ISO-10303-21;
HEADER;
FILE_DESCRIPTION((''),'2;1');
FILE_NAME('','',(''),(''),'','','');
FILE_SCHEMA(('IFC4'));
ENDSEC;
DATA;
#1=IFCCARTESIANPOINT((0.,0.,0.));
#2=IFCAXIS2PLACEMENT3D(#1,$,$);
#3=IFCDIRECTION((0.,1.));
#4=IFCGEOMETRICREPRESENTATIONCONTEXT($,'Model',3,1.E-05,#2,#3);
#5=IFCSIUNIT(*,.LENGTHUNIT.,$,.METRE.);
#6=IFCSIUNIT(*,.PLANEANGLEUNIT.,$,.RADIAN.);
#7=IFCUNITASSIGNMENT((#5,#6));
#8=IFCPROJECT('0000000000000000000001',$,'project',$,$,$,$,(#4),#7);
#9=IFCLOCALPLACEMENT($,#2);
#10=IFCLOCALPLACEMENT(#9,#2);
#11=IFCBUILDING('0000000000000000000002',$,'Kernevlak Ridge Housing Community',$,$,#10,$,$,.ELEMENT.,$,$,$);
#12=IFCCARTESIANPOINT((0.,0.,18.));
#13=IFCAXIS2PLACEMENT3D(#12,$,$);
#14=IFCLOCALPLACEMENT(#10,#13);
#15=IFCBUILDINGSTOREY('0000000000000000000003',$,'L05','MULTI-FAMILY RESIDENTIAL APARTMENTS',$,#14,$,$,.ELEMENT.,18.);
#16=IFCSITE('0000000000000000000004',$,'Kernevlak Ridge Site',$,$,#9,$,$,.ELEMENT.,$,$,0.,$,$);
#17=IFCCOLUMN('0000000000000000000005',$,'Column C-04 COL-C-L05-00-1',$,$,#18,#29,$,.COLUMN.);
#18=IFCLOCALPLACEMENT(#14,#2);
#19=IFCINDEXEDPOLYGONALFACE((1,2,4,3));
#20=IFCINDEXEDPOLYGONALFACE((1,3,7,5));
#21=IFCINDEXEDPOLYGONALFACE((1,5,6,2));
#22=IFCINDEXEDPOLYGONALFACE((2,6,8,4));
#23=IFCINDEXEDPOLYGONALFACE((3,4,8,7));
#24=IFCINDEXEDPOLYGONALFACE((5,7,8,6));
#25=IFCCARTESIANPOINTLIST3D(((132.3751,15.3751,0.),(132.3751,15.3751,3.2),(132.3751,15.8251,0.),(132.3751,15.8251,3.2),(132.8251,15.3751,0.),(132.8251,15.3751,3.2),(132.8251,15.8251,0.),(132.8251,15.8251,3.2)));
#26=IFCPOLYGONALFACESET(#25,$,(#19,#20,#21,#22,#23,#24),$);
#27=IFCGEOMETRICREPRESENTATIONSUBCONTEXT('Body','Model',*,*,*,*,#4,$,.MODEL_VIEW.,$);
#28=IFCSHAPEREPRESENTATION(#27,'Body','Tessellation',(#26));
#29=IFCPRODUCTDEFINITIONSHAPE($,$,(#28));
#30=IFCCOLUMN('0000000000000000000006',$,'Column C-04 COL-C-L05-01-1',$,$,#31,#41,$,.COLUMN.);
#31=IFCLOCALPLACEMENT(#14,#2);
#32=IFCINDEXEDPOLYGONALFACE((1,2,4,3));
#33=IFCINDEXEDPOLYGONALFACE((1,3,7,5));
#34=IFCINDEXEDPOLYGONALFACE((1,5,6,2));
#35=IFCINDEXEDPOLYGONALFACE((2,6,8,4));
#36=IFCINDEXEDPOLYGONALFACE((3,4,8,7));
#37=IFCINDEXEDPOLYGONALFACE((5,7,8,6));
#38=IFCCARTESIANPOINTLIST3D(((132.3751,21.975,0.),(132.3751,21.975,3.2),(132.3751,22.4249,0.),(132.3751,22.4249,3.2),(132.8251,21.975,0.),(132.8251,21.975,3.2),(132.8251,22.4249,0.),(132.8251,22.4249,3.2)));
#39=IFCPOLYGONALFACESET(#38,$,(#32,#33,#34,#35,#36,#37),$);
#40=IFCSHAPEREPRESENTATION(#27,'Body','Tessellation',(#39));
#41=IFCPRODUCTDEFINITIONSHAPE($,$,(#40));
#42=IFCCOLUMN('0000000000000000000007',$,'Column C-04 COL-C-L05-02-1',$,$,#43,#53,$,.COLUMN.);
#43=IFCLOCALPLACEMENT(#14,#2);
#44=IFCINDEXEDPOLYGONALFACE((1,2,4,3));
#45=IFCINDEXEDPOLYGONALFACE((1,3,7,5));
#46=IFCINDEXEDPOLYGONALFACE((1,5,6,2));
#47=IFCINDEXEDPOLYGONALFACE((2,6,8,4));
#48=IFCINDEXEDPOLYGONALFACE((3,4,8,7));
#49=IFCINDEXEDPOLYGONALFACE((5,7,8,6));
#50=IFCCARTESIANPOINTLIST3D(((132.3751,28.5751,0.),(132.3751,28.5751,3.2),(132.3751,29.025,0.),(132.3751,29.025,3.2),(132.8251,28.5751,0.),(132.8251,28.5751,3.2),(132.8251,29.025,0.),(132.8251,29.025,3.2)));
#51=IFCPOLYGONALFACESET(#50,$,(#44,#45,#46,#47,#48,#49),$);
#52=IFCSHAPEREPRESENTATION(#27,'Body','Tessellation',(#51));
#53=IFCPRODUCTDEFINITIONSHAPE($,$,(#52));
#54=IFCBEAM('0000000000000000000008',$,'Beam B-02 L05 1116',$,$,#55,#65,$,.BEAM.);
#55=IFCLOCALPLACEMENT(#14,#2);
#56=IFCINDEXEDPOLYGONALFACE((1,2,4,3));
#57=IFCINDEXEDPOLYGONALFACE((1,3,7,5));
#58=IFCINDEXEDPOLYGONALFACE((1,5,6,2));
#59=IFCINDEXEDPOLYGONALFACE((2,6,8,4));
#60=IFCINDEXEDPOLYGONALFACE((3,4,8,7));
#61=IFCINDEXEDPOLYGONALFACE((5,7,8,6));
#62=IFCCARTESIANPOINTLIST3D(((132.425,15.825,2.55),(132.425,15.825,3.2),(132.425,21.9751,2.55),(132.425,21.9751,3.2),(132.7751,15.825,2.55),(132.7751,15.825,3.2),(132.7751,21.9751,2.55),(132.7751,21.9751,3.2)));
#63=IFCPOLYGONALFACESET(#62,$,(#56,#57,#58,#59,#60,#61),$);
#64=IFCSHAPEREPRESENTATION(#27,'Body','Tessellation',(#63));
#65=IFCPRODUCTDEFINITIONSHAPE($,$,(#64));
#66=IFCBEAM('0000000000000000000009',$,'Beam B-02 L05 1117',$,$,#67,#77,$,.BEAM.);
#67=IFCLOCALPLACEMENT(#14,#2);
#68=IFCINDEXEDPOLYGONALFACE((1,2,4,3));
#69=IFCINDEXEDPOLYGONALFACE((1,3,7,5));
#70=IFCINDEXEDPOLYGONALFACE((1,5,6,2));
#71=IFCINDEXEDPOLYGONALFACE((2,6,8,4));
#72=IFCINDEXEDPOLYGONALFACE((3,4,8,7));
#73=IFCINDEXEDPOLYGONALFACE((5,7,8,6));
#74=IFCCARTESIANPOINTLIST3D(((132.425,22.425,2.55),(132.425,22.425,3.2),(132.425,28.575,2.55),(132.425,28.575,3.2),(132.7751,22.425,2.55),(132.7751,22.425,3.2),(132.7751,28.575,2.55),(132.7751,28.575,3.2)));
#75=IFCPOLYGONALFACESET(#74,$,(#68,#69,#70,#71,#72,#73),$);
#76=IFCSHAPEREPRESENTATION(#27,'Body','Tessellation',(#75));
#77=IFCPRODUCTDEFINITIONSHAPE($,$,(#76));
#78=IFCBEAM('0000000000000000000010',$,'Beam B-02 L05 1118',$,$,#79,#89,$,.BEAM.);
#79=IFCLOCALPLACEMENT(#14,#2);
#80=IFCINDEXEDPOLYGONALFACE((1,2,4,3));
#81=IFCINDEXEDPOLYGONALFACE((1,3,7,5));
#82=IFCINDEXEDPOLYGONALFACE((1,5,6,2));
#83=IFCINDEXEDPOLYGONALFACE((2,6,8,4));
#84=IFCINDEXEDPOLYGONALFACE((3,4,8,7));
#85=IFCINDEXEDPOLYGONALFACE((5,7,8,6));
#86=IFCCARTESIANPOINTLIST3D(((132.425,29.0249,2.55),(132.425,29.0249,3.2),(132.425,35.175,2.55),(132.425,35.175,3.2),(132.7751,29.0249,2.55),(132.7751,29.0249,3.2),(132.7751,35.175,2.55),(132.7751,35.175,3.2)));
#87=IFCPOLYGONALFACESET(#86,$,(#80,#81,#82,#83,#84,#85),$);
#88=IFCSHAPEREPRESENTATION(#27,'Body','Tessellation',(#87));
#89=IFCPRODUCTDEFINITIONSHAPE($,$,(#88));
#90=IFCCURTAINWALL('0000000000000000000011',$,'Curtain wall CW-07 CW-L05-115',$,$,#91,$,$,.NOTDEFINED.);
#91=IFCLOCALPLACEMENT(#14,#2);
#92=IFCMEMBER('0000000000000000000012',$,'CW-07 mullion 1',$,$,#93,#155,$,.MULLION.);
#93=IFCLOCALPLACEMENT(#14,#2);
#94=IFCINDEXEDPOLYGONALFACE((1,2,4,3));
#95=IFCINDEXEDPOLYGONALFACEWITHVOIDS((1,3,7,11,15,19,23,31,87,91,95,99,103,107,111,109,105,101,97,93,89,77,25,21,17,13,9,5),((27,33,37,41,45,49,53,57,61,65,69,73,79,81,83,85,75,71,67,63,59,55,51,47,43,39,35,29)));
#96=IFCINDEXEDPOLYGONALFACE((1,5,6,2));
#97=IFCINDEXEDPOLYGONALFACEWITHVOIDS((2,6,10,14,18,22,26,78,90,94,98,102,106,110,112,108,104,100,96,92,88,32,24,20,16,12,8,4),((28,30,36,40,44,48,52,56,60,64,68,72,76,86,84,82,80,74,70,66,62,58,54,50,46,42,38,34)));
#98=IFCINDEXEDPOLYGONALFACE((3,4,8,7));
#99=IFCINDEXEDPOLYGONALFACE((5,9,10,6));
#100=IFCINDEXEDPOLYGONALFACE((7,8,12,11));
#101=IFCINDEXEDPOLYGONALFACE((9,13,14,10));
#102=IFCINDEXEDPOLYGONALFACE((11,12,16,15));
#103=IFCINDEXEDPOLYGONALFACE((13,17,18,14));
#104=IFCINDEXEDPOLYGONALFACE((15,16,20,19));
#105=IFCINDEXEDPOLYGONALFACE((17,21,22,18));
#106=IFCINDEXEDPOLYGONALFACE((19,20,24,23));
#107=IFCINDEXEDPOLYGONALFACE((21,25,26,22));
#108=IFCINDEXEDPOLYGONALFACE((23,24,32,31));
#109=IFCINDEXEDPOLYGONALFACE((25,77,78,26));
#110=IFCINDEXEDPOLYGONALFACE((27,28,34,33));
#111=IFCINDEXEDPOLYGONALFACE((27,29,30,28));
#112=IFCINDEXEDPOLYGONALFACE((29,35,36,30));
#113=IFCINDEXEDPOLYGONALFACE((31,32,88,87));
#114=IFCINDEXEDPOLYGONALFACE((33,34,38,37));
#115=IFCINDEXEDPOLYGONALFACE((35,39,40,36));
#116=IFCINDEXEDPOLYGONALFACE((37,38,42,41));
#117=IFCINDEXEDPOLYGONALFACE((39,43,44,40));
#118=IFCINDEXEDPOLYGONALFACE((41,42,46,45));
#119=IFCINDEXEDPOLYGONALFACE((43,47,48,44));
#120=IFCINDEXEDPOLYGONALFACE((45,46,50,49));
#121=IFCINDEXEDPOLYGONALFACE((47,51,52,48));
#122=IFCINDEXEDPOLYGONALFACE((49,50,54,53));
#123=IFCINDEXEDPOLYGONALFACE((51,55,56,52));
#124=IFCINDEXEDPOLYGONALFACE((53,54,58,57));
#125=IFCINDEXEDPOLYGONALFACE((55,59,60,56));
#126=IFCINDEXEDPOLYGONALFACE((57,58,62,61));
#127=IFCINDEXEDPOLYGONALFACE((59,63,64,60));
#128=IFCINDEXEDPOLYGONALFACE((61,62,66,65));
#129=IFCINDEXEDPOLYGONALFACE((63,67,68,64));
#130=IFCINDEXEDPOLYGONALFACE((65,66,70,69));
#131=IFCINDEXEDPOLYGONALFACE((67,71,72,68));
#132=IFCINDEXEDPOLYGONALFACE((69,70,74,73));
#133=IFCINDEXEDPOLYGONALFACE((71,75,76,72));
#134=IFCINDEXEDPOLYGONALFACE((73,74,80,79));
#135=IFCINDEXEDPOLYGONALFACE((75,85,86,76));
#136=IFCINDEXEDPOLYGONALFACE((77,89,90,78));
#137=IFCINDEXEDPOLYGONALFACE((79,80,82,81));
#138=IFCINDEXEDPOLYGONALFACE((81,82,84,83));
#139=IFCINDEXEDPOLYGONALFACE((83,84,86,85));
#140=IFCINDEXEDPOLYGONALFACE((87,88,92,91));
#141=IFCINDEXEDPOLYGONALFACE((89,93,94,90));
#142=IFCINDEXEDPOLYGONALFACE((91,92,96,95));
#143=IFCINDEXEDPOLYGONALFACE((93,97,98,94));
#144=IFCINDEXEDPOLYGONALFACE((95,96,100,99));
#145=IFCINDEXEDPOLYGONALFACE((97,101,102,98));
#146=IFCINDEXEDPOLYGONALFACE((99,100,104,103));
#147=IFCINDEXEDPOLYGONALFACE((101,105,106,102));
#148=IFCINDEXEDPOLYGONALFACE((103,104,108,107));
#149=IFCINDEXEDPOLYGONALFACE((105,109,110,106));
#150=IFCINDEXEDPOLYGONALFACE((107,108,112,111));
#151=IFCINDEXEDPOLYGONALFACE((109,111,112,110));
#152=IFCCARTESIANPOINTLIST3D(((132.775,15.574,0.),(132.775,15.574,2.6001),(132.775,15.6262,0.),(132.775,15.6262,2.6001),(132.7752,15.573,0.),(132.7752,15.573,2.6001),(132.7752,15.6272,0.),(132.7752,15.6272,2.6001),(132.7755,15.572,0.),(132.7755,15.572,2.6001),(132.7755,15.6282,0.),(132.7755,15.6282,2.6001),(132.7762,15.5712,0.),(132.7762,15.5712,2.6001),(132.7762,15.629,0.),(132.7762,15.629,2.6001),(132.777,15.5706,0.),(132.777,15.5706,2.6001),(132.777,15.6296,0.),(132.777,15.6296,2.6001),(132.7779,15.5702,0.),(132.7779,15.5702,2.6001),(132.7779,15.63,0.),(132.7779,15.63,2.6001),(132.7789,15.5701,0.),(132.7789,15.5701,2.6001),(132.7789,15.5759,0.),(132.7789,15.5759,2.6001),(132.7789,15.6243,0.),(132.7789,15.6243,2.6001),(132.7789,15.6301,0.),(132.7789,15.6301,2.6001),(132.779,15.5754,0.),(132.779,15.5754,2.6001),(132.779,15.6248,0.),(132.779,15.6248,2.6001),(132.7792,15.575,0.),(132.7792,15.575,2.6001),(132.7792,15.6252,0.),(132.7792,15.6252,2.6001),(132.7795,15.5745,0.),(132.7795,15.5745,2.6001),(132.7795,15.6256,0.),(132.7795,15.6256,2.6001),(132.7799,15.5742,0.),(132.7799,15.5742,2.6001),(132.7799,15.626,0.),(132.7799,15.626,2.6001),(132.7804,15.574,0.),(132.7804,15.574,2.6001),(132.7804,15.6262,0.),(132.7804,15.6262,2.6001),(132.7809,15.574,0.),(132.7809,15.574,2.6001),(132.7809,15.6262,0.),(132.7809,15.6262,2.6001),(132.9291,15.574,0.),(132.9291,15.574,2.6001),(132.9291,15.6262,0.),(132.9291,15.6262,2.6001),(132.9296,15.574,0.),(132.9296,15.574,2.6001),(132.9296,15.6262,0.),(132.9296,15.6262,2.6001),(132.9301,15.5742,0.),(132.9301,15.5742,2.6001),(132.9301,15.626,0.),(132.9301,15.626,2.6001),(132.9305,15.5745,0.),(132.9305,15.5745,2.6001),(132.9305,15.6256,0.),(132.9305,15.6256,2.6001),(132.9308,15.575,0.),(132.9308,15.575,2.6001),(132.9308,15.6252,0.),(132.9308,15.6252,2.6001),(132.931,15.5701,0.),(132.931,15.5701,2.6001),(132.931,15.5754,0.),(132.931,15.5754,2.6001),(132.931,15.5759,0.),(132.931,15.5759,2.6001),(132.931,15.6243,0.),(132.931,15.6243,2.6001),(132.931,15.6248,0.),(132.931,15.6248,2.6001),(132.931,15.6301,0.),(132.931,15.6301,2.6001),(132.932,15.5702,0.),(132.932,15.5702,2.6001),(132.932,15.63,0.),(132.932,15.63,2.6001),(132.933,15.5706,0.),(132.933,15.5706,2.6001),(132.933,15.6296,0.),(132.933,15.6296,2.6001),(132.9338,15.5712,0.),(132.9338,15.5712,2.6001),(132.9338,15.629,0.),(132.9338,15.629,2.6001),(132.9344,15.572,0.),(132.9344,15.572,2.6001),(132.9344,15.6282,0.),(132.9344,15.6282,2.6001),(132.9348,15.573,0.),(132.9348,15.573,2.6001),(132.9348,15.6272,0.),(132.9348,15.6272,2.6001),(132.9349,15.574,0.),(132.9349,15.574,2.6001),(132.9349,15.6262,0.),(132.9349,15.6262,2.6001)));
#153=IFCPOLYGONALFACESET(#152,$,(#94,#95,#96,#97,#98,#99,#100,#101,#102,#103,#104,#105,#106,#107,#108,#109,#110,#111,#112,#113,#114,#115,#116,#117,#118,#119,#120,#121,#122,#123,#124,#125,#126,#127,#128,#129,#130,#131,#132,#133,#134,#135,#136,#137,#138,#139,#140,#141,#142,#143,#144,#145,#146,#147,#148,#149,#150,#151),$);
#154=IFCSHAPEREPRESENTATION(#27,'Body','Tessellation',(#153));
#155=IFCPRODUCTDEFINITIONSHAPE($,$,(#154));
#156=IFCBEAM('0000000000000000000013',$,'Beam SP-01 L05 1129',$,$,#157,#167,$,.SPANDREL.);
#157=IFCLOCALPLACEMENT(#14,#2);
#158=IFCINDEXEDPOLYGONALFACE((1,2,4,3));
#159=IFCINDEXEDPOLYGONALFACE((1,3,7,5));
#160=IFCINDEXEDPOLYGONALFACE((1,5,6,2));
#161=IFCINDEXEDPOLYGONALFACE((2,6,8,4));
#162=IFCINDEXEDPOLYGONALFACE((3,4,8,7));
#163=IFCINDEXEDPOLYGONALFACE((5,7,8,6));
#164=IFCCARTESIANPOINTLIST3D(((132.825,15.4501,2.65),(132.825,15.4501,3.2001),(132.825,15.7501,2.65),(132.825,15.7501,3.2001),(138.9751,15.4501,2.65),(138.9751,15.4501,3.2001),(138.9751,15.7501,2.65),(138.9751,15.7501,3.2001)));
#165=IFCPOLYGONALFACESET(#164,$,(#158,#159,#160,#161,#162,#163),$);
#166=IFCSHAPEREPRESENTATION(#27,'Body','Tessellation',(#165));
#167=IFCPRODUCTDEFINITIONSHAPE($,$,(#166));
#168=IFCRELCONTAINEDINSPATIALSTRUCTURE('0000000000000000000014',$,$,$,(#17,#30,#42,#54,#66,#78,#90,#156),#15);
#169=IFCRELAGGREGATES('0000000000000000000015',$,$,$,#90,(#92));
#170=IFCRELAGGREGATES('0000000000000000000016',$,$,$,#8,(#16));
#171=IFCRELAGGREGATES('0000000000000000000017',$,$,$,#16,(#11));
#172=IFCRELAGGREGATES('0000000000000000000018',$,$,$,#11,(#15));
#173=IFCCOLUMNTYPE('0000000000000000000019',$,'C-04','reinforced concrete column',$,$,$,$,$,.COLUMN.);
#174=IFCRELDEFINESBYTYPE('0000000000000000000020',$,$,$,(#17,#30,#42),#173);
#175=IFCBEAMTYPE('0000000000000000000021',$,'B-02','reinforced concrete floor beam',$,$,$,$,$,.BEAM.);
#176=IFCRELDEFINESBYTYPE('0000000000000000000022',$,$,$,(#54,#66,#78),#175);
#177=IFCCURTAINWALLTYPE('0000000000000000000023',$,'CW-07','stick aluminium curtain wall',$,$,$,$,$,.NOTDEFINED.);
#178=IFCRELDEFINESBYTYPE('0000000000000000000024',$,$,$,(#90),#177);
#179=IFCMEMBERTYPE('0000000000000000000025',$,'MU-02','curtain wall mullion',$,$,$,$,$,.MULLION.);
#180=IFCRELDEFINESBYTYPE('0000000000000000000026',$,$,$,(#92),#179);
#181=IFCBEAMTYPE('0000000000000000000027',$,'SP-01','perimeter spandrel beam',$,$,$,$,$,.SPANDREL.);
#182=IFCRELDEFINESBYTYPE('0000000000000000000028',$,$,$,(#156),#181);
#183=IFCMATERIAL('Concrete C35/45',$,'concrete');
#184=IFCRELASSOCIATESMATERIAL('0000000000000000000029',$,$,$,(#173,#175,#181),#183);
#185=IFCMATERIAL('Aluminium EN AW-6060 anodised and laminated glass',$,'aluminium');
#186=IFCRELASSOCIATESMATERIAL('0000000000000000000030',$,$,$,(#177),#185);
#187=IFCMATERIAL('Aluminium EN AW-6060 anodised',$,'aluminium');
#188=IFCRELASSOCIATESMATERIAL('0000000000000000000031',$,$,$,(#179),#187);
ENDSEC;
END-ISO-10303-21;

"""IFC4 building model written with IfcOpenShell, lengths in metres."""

from ifc_helpers import new_model, si_unit, direction, frame, origin, origin_2d, place, context, subcontext, project, spatial, rectangle, hollow_rectangle, extrude, material, material_profile, profile_set, type_object, element, aggregate, save


model = new_model("IFC4")

# Units and contexts
model_context = context("Model", 3, precision=1e-05, world=origin(), true_north=direction((0.0, 1.0)))
body_context = subcontext(model_context, "Body", "Model", "MODEL_VIEW")
ifc_project = project(units=[si_unit("LENGTHUNIT", "METRE"), si_unit("PLANEANGLEUNIT", "RADIAN")], contexts=[model_context])

# Site, building, storey
site_placement = place(None, origin())
site = spatial("IfcSite", under=ifc_project, at=site_placement, Name="Kernevlak Ridge Site", CompositionType="ELEMENT", RefElevation=0.0)
building_placement = place(site_placement, origin())
building = spatial("IfcBuilding", under=site, at=building_placement, Name="Kernevlak Ridge Housing Community", CompositionType="ELEMENT")
storey_placement = place(building_placement, frame((0.0, 0.0, 18.0)))
storey = spatial("IfcBuildingStorey", under=building, at=storey_placement, Name="L05", Description="MULTI-FAMILY RESIDENTIAL APARTMENTS", CompositionType="ELEMENT", Elevation=18.0)

# Columns
ifc_material_1 = material(Name="Concrete C35/45", Category="concrete")
ifc_material_profile_1 = material_profile(ifc_material_1, rectangle(XDim=0.45, YDim=0.45, at=origin_2d()), Name="RC 450x450")
ifc_profile_set_1 = profile_set([ifc_material_profile_1], Name="Concrete C35/45")
column_type = type_object("IfcColumnType", Name="C-04", Description="reinforced concrete column", PredefinedType="COLUMN", material=ifc_profile_set_1)
for number, where, z_axis, x_axis, name in (
    (1, (132.6001, 15.6001, 0.0), (0.0, 0.0, 1.0), (1.0, 0.0, 0.0), "Column C-04 COL-C-L05-00-1"),
    (2, (132.6001, 22.2, 0.0), (0.0, 0.0, 1.0), (1.0, 0.0, 0.0), "Column C-04 COL-C-L05-01-1"),
    (3, (132.6001, 28.8, 0.0), (0.0, 0.0, 1.0), (1.0, 0.0, 0.0), "Column C-04 COL-C-L05-02-1"),
):
    element("IfcColumn", number, at=place(storey_placement, frame(where, z_axis=z_axis, x_axis=x_axis)), inside=storey, type_object=column_type, Name=name, PredefinedType="COLUMN", context=body_context, shape_type="SweptSolid", body=[
        extrude(rectangle(XDim=0.45, YDim=0.45, at=origin_2d()), origin(), (0.0, 0.0, 1.0), 3.2),
    ])

# Beams
ifc_material_profile_2 = material_profile(ifc_material_1, rectangle(XDim=0.3501, YDim=0.6499, at=origin_2d()), Name="RC 350x650")
ifc_profile_set_2 = profile_set([ifc_material_profile_2], Name="Concrete C35/45")
beam_type_1 = type_object("IfcBeamType", Name="B-02", Description="reinforced concrete floor beam", PredefinedType="BEAM", material=ifc_profile_set_2)
beam_1_placement = place(storey_placement, frame((132.6001, 15.825, 2.875), z_axis=(0.0, 1.0, 0.0), x_axis=(-1.0, 0.0, 0.0)))
element("IfcBeam", 4, at=beam_1_placement, inside=storey, type_object=beam_type_1, Name="Beam B-02 L05 1116", PredefinedType="BEAM", context=body_context, shape_type="SweptSolid", body=[
    extrude(rectangle(XDim=0.3501, YDim=0.6499, at=origin_2d()), origin(), (0.0, 0.0, 1.0), 6.1501),
])
beam_2_placement = place(storey_placement, frame((132.6001, 22.425, 2.875), z_axis=(0.0, 1.0, 0.0), x_axis=(-1.0, 0.0, 0.0)))
element("IfcBeam", 5, at=beam_2_placement, inside=storey, type_object=beam_type_1, Name="Beam B-02 L05 1117", PredefinedType="BEAM", context=body_context, shape_type="SweptSolid", body=[
    extrude(rectangle(XDim=0.3501, YDim=0.6499, at=origin_2d()), origin(), (0.0, 0.0, 1.0), 6.1499),
])
beam_3_placement = place(storey_placement, frame((132.6001, 29.0249, 2.875), z_axis=(0.0, 1.0, 0.0), x_axis=(-1.0, 0.0, 0.0)))
element("IfcBeam", 6, at=beam_3_placement, inside=storey, type_object=beam_type_1, Name="Beam B-02 L05 1118", PredefinedType="BEAM", context=body_context, shape_type="SweptSolid", body=[
    extrude(rectangle(XDim=0.3501, YDim=0.6499, at=origin_2d()), origin(), (0.0, 0.0, 1.0), 6.1501),
])

# Curtain wall, member
ifc_material_2 = material(Name="Aluminium EN AW-6060 anodised and laminated glass", Category="aluminium")
curtain_wall_type = type_object("IfcCurtainWallType", Name="CW-07", Description="stick aluminium curtain wall", PredefinedType="NOTDEFINED", material=ifc_material_2)
curtain_wall_placement = place(storey_placement, origin())
curtain_wall = element("IfcCurtainWall", 7, at=curtain_wall_placement, inside=storey, type_object=curtain_wall_type, Name="Curtain wall CW-07 CW-L05-115", PredefinedType="NOTDEFINED")
ifc_material_3 = material(Name="Aluminium EN AW-6060 anodised", Category="aluminium")
ifc_material_profile_3 = material_profile(ifc_material_3, hollow_rectangle(XDim=0.0601, YDim=0.1599, WallThickness=0.0039, InnerFilletRadius=0.002, OuterFilletRadius=0.0039, at=origin_2d()), Name="ALU 60x160x4")
ifc_profile_set_3 = profile_set([ifc_material_profile_3], Name="Aluminium EN AW-6060 anodised")
member_type_1 = type_object("IfcMemberType", Name="MU-02", Description="curtain wall mullion", PredefinedType="MULLION", material=ifc_profile_set_3)
member_1_placement = place(storey_placement, frame((132.855, 15.6001, 0.0), z_axis=(0.0, 0.0, 1.0), x_axis=(0.0, 1.0, 0.0)))
member_1 = element("IfcMember", 8, at=member_1_placement, type_object=member_type_1, Name="CW-07 mullion 1", PredefinedType="MULLION", context=body_context, shape_type="SweptSolid", body=[
    extrude(hollow_rectangle(XDim=0.0601, YDim=0.1599, WallThickness=0.0039, InnerFilletRadius=0.002, OuterFilletRadius=0.0039, at=origin_2d()), origin(), (0.0, 0.0, 1.0), 2.6001),
])

# Beam
ifc_material_profile_4 = material_profile(ifc_material_1, rectangle(XDim=0.3, YDim=0.55, at=origin_2d()), Name="RC 300x550")
ifc_profile_set_4 = profile_set([ifc_material_profile_4], Name="Concrete C35/45")
beam_type_2 = type_object("IfcBeamType", Name="SP-01", Description="perimeter spandrel beam", PredefinedType="SPANDREL", material=ifc_profile_set_4)
beam_4_placement = place(storey_placement, frame((132.825, 15.6001, 2.925), z_axis=(1.0, 0.0, 0.0), x_axis=(0.0, 1.0, 0.0)))
element("IfcBeam", 9, at=beam_4_placement, inside=storey, type_object=beam_type_2, Name="Beam SP-01 L05 1129", PredefinedType="SPANDREL", context=body_context, shape_type="SweptSolid", body=[
    extrude(rectangle(XDim=0.3, YDim=0.55, at=origin_2d()), origin(), (0.0, 0.0, 1.0), 6.1501),
])

aggregate(curtain_wall, [member_1])

save(model, "model.ifc")
